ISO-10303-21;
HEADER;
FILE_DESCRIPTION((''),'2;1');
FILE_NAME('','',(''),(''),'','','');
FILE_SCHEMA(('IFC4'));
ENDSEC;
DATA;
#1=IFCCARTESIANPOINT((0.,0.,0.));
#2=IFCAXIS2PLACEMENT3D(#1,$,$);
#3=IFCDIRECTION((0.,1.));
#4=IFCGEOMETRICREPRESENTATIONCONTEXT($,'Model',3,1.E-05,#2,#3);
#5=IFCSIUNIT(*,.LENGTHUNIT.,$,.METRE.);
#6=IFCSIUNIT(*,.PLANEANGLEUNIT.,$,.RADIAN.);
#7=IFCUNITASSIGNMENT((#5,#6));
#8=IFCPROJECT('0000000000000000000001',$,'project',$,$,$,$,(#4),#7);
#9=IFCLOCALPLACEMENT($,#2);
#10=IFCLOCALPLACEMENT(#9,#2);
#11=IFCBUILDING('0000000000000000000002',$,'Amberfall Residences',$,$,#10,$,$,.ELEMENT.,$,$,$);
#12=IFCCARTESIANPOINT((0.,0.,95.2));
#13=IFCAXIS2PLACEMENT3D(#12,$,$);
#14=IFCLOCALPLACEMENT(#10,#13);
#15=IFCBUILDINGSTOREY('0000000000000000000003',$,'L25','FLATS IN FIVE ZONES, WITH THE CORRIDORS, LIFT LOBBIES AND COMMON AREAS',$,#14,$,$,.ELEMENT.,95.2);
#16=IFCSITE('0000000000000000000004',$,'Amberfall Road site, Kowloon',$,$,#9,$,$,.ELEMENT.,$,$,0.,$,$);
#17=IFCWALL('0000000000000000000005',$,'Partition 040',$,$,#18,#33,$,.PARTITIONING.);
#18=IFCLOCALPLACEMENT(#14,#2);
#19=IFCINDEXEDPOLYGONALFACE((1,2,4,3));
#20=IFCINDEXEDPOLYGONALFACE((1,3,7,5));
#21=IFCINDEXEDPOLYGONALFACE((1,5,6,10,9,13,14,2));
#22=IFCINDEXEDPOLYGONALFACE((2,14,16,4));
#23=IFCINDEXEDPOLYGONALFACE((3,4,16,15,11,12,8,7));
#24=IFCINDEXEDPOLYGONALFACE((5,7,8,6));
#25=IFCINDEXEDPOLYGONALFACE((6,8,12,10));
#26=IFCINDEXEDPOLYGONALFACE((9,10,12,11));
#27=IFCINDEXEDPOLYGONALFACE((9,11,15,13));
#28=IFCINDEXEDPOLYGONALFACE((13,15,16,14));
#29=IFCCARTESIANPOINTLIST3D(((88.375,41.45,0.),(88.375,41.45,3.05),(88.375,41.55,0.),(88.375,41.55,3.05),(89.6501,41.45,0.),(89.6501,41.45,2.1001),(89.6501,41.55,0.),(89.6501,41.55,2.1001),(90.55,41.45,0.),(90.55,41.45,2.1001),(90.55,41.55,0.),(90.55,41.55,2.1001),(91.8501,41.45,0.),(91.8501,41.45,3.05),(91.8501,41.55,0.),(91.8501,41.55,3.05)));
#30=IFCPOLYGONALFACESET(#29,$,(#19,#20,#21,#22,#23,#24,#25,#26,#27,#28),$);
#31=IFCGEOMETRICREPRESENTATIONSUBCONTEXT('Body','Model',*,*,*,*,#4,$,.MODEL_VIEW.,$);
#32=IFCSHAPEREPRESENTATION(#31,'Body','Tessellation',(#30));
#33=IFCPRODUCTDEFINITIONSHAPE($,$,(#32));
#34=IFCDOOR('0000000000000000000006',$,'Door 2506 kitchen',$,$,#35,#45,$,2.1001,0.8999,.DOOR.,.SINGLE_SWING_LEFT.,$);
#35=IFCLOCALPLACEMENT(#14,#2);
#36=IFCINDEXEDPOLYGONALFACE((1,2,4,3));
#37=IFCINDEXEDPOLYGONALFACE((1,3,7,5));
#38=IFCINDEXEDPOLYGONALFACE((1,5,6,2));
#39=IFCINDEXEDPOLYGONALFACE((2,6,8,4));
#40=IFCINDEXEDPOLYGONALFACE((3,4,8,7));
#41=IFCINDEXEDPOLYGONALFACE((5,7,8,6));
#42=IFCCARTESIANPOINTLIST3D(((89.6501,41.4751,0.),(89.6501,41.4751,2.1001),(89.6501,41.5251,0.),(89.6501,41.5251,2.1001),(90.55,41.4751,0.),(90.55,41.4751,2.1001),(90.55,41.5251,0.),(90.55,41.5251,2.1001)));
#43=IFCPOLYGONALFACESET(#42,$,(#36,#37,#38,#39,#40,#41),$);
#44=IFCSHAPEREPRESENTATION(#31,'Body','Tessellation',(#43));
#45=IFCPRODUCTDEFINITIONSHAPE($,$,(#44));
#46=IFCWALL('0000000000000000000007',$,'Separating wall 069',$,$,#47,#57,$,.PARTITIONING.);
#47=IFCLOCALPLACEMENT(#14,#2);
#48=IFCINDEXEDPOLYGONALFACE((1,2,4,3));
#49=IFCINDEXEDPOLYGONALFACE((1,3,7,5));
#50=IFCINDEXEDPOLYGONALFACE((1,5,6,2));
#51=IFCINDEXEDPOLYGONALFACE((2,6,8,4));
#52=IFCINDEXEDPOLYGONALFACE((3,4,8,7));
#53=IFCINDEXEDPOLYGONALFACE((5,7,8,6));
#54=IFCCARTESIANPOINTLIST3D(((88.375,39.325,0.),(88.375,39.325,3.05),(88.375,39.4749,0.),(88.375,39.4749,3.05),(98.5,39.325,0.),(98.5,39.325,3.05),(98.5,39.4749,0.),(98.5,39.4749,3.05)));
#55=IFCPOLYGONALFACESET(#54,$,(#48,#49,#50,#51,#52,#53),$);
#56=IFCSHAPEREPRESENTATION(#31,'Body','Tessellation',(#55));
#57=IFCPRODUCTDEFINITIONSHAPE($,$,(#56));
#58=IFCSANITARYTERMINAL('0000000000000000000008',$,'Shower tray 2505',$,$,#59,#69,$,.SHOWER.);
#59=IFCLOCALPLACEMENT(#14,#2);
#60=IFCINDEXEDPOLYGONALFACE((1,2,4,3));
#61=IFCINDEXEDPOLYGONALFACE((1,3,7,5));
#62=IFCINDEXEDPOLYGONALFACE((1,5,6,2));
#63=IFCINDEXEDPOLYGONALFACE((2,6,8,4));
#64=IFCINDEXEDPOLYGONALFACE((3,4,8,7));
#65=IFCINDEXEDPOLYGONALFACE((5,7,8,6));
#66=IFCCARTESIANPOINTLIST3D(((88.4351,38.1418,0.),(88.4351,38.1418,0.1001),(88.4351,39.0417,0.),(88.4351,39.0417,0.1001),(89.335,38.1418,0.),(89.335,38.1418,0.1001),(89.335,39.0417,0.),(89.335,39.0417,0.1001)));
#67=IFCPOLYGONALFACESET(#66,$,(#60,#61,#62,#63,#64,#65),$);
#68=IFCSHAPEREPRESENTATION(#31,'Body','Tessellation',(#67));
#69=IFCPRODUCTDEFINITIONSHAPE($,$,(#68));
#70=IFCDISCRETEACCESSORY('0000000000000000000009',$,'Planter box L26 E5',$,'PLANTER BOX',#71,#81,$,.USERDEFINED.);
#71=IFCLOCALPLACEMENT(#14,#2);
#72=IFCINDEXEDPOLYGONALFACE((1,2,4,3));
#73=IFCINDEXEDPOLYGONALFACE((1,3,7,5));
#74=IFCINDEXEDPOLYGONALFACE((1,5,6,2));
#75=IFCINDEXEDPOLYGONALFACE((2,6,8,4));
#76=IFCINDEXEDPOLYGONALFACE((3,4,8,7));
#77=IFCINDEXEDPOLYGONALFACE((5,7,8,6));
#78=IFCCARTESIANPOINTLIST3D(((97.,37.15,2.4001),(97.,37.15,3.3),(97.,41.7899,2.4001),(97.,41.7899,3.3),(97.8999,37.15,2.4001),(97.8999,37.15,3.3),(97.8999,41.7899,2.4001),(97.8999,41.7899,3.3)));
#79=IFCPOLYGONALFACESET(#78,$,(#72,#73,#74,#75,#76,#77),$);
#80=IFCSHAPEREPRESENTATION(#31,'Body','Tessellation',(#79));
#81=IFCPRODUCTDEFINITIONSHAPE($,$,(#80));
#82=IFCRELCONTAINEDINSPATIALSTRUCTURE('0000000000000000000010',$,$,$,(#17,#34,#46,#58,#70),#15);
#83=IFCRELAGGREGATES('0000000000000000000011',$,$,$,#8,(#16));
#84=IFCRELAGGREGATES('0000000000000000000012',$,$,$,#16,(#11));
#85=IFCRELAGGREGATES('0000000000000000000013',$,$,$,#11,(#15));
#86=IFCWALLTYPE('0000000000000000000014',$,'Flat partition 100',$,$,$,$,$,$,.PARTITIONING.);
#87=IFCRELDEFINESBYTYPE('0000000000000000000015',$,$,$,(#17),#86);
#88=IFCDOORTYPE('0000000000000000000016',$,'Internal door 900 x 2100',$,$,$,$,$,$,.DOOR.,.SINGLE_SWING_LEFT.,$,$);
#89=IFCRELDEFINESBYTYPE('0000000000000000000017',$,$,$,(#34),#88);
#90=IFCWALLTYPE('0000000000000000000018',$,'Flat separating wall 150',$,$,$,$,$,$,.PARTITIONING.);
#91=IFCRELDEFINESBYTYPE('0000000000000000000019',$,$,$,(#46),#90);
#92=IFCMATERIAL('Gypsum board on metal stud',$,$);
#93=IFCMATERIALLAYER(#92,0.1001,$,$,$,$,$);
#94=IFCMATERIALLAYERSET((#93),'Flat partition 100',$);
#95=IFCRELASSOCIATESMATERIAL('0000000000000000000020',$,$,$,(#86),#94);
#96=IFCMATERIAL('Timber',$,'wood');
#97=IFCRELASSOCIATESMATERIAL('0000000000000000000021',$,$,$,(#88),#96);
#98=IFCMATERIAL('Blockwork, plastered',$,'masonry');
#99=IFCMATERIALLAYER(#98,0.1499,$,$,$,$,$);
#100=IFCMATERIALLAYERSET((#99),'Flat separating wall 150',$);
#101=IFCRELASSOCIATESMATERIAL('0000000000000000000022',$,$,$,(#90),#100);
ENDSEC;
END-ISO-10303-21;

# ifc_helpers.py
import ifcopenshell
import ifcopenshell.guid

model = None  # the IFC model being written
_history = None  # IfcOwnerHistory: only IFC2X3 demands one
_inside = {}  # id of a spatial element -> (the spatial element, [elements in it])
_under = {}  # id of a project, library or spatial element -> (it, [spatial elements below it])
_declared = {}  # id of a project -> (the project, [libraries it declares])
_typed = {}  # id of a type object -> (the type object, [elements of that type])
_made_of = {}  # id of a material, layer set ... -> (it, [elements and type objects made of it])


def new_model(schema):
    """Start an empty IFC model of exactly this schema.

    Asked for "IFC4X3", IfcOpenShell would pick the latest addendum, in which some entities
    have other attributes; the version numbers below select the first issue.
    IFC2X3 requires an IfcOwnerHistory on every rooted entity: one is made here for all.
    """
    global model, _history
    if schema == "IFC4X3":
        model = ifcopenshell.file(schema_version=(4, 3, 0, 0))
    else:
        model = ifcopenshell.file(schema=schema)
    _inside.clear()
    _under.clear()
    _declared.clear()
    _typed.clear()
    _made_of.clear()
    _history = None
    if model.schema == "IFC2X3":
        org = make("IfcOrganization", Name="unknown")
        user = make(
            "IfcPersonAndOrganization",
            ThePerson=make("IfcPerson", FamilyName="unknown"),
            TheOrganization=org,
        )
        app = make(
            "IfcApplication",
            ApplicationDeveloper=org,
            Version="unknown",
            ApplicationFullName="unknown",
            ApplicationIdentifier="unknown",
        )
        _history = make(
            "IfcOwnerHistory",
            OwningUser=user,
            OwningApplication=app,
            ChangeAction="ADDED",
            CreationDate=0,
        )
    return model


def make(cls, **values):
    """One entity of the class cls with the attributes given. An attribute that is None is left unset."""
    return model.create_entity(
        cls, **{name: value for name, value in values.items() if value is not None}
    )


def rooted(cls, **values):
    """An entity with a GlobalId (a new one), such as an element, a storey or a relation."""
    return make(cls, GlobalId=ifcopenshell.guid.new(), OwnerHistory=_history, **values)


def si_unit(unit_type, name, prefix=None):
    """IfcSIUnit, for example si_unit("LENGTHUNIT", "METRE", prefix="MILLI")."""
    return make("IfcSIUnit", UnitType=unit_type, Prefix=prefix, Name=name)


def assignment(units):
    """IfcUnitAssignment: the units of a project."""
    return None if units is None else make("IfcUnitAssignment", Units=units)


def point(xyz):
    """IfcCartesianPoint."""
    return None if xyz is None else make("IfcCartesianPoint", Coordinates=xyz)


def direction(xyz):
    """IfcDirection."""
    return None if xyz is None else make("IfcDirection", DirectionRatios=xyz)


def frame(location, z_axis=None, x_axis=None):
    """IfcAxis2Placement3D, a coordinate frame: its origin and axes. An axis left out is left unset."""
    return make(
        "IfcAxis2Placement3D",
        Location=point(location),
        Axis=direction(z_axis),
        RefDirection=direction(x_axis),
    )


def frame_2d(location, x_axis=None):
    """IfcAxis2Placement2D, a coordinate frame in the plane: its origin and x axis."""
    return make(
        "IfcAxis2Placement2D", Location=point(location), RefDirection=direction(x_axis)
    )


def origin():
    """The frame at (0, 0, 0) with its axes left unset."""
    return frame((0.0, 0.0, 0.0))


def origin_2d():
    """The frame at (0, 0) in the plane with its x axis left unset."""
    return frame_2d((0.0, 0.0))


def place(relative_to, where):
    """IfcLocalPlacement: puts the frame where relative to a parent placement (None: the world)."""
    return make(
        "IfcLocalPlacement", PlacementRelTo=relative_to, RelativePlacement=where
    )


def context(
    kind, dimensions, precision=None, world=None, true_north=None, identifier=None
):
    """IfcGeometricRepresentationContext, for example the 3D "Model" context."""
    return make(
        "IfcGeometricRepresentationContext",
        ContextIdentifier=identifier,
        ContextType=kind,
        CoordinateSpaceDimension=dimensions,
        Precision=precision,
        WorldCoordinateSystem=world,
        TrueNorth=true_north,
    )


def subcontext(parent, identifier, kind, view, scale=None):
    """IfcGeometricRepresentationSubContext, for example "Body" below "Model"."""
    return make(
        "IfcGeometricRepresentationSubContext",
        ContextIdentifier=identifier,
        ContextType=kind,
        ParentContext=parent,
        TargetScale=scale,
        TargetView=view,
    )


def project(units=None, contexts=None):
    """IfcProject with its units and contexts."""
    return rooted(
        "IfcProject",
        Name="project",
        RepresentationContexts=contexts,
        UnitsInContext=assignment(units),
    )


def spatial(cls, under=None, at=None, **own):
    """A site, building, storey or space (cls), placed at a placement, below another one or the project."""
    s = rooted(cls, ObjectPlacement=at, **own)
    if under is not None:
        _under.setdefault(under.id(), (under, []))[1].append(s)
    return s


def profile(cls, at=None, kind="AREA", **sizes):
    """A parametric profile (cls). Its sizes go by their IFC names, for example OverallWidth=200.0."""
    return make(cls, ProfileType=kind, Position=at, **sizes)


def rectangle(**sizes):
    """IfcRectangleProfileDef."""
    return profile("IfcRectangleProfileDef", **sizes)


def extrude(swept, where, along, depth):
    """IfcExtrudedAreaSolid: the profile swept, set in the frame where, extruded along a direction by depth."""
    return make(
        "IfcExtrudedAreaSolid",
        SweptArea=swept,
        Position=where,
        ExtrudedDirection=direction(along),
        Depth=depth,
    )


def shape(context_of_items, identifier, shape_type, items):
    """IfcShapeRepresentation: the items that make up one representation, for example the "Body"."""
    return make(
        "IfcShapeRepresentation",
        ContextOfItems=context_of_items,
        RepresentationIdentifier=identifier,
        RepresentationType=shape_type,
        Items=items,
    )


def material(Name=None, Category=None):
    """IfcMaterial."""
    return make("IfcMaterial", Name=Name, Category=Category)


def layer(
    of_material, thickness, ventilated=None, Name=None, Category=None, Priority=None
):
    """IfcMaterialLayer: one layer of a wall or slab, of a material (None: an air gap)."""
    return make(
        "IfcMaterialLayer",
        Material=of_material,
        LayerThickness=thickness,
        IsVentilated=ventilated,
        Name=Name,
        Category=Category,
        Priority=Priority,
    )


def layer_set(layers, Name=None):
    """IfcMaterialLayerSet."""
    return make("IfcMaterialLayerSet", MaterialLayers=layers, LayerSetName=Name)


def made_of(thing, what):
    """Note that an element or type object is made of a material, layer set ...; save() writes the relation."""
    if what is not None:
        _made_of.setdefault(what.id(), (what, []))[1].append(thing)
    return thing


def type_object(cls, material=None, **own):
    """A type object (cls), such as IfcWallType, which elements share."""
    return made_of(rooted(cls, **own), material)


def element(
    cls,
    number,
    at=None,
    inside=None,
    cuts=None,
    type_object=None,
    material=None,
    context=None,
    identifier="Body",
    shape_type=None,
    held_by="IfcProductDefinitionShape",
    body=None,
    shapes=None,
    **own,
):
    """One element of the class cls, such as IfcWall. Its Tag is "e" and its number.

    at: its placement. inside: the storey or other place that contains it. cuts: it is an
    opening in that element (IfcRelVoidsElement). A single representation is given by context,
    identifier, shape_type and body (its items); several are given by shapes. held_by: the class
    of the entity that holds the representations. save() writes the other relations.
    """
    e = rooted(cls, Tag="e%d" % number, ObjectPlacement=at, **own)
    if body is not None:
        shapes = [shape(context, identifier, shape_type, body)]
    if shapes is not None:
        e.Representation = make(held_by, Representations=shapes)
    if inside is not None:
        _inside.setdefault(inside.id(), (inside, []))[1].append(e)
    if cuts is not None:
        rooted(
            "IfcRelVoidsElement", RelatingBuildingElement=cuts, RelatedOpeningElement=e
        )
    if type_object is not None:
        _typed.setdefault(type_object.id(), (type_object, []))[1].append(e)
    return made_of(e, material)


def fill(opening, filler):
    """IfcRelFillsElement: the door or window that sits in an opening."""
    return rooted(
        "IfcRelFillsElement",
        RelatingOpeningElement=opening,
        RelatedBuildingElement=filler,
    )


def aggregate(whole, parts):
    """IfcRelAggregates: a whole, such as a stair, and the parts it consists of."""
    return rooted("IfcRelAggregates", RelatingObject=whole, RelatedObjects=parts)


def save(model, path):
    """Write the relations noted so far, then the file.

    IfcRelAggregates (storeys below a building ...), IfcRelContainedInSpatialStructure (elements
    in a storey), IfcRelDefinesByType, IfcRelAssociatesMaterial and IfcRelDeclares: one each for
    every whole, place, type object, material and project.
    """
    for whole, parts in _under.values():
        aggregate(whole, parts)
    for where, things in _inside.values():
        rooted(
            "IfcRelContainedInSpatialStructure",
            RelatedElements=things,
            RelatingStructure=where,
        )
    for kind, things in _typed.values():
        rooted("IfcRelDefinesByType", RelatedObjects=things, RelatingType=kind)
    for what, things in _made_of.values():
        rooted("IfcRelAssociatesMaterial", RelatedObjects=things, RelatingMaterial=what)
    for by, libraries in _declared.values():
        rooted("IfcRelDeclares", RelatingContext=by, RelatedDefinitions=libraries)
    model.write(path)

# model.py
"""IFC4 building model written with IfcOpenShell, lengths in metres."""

from ifc_helpers import new_model, si_unit, direction, frame, frame_2d, origin, origin_2d, place, context, subcontext, project, spatial, rectangle, extrude, material, layer, layer_set, type_object, element, fill, save


model = new_model("IFC4")

# Units and contexts
model_context = context("Model", 3, precision=1e-05, world=origin(), true_north=direction((0.0, 1.0)))
body_context = subcontext(model_context, "Body", "Model", "MODEL_VIEW")
ifc_project = project(units=[si_unit("LENGTHUNIT", "METRE"), si_unit("PLANEANGLEUNIT", "RADIAN")], contexts=[model_context])

# Site, building, storey
site_placement = place(None, origin())
site = spatial("IfcSite", under=ifc_project, at=site_placement, Name="Amberfall Road site, Kowloon", CompositionType="ELEMENT", RefElevation=0.0)
building_placement = place(site_placement, origin())
building = spatial("IfcBuilding", under=site, at=building_placement, Name="Amberfall Residences", CompositionType="ELEMENT")
storey_placement = place(building_placement, frame((0.0, 0.0, 95.2)))
storey = spatial("IfcBuildingStorey", under=building, at=storey_placement, Name="L25", Description="FLATS IN FIVE ZONES, WITH THE CORRIDORS, LIFT LOBBIES AND COMMON AREAS", CompositionType="ELEMENT", Elevation=95.2)

# Shared definitions
ifc_material_1 = material(Name="Gypsum board on metal stud")
ifc_layer_1 = layer(ifc_material_1, 0.1001)
ifc_layer_set_1 = layer_set([ifc_layer_1], Name="Flat partition 100")
wall_type_1 = type_object("IfcWallType", Name="Flat partition 100", PredefinedType="PARTITIONING", material=ifc_layer_set_1)

# Wall, opening, door
wall_1_placement = place(storey_placement, frame((91.8501, 41.5, 0.0), z_axis=(0.0, 0.0, 1.0), x_axis=(-1.0, 0.0, 0.0)))
wall_1 = element("IfcWall", 1, at=wall_1_placement, inside=storey, type_object=wall_type_1, Name="Partition 040", PredefinedType="PARTITIONING", context=body_context, shape_type="SweptSolid", body=[
    extrude(rectangle(XDim=3.4751, YDim=0.1001, at=frame_2d((1.7375, 0.0))), origin(), (0.0, 0.0, 1.0), 3.05),
])
opening_1_placement = place(wall_1_placement, frame((1.3, 0.0, 0.0)))
opening_1 = element("IfcOpeningElement", 2, at=opening_1_placement, cuts=wall_1, PredefinedType="OPENING", context=body_context, shape_type="SweptSolid", body=[
    extrude(rectangle(XDim=0.8999, YDim=2.1001, at=frame_2d((0.45, 1.05))), frame((0.0, 0.0601, 0.0), z_axis=(0.0, -1.0, 0.0), x_axis=(1.0, 0.0, 0.0)), (0.0, 0.0, 1.0), 0.1201),
])
ifc_material_2 = material(Name="Timber", Category="wood")
door_type = type_object("IfcDoorType", Name="Internal door 900 x 2100", OperationType="SINGLE_SWING_LEFT", PredefinedType="DOOR", material=ifc_material_2)
door_placement = place(opening_1_placement, origin())
door = element("IfcDoor", 3, at=door_placement, inside=storey, type_object=door_type, Name="Door 2506 kitchen", OperationType="SINGLE_SWING_LEFT", OverallHeight=2.1001, OverallWidth=0.8999, PredefinedType="DOOR", context=body_context, shape_type="SweptSolid", body=[
    extrude(rectangle(XDim=0.8999, YDim=2.1001, at=frame_2d((0.45, 1.05))), frame((0.0, 0.0249, 0.0), z_axis=(0.0, -1.0, 0.0), x_axis=(1.0, 0.0, 0.0)), (0.0, 0.0, 1.0), 0.05),
])
fill(opening_1, door)

# Wall
ifc_material_3 = material(Name="Blockwork, plastered", Category="masonry")
ifc_layer_2 = layer(ifc_material_3, 0.1499)
ifc_layer_set_2 = layer_set([ifc_layer_2], Name="Flat separating wall 150")
wall_type_2 = type_object("IfcWallType", Name="Flat separating wall 150", PredefinedType="PARTITIONING", material=ifc_layer_set_2)
wall_2_placement = place(storey_placement, frame((88.375, 39.3999, 0.0), z_axis=(0.0, 0.0, 1.0), x_axis=(1.0, 0.0, 0.0)))
element("IfcWall", 4, at=wall_2_placement, inside=storey, type_object=wall_type_2, Name="Separating wall 069", PredefinedType="PARTITIONING", context=body_context, shape_type="SweptSolid", body=[
    extrude(rectangle(XDim=10.125, YDim=0.1499, at=frame_2d((5.0625, 0.0))), origin(), (0.0, 0.0, 1.0), 3.05),
])

# Sanitary terminal
sanitary_terminal_placement = place(storey_placement, frame((88.885, 38.5918, 0.0), z_axis=(0.0, 0.0, 1.0), x_axis=(1.0, 0.0, 0.0)))
element("IfcSanitaryTerminal", 5, at=sanitary_terminal_placement, inside=storey, Name="Shower tray 2505", PredefinedType="SHOWER", context=body_context, shape_type="SweptSolid", body=[
    extrude(rectangle(XDim=0.8999, YDim=0.8999, at=origin_2d()), origin(), (0.0, 0.0, 1.0), 0.1001),
])

# Discrete accessory
discrete_accessory_placement = place(storey_placement, frame((97.45, 39.47, 2.4001), z_axis=(0.0, 0.0, 1.0), x_axis=(0.0, 1.0, 0.0)))
element("IfcDiscreteAccessory", 6, at=discrete_accessory_placement, inside=storey, Name="Planter box L26 E5", ObjectType="PLANTER BOX", PredefinedType="USERDEFINED", context=body_context, shape_type="SweptSolid", body=[
    extrude(rectangle(XDim=4.6399, YDim=0.8999, at=origin_2d()), origin(), (0.0, 0.0, 1.0), 0.8999),
])

save(model, "model.ifc")
